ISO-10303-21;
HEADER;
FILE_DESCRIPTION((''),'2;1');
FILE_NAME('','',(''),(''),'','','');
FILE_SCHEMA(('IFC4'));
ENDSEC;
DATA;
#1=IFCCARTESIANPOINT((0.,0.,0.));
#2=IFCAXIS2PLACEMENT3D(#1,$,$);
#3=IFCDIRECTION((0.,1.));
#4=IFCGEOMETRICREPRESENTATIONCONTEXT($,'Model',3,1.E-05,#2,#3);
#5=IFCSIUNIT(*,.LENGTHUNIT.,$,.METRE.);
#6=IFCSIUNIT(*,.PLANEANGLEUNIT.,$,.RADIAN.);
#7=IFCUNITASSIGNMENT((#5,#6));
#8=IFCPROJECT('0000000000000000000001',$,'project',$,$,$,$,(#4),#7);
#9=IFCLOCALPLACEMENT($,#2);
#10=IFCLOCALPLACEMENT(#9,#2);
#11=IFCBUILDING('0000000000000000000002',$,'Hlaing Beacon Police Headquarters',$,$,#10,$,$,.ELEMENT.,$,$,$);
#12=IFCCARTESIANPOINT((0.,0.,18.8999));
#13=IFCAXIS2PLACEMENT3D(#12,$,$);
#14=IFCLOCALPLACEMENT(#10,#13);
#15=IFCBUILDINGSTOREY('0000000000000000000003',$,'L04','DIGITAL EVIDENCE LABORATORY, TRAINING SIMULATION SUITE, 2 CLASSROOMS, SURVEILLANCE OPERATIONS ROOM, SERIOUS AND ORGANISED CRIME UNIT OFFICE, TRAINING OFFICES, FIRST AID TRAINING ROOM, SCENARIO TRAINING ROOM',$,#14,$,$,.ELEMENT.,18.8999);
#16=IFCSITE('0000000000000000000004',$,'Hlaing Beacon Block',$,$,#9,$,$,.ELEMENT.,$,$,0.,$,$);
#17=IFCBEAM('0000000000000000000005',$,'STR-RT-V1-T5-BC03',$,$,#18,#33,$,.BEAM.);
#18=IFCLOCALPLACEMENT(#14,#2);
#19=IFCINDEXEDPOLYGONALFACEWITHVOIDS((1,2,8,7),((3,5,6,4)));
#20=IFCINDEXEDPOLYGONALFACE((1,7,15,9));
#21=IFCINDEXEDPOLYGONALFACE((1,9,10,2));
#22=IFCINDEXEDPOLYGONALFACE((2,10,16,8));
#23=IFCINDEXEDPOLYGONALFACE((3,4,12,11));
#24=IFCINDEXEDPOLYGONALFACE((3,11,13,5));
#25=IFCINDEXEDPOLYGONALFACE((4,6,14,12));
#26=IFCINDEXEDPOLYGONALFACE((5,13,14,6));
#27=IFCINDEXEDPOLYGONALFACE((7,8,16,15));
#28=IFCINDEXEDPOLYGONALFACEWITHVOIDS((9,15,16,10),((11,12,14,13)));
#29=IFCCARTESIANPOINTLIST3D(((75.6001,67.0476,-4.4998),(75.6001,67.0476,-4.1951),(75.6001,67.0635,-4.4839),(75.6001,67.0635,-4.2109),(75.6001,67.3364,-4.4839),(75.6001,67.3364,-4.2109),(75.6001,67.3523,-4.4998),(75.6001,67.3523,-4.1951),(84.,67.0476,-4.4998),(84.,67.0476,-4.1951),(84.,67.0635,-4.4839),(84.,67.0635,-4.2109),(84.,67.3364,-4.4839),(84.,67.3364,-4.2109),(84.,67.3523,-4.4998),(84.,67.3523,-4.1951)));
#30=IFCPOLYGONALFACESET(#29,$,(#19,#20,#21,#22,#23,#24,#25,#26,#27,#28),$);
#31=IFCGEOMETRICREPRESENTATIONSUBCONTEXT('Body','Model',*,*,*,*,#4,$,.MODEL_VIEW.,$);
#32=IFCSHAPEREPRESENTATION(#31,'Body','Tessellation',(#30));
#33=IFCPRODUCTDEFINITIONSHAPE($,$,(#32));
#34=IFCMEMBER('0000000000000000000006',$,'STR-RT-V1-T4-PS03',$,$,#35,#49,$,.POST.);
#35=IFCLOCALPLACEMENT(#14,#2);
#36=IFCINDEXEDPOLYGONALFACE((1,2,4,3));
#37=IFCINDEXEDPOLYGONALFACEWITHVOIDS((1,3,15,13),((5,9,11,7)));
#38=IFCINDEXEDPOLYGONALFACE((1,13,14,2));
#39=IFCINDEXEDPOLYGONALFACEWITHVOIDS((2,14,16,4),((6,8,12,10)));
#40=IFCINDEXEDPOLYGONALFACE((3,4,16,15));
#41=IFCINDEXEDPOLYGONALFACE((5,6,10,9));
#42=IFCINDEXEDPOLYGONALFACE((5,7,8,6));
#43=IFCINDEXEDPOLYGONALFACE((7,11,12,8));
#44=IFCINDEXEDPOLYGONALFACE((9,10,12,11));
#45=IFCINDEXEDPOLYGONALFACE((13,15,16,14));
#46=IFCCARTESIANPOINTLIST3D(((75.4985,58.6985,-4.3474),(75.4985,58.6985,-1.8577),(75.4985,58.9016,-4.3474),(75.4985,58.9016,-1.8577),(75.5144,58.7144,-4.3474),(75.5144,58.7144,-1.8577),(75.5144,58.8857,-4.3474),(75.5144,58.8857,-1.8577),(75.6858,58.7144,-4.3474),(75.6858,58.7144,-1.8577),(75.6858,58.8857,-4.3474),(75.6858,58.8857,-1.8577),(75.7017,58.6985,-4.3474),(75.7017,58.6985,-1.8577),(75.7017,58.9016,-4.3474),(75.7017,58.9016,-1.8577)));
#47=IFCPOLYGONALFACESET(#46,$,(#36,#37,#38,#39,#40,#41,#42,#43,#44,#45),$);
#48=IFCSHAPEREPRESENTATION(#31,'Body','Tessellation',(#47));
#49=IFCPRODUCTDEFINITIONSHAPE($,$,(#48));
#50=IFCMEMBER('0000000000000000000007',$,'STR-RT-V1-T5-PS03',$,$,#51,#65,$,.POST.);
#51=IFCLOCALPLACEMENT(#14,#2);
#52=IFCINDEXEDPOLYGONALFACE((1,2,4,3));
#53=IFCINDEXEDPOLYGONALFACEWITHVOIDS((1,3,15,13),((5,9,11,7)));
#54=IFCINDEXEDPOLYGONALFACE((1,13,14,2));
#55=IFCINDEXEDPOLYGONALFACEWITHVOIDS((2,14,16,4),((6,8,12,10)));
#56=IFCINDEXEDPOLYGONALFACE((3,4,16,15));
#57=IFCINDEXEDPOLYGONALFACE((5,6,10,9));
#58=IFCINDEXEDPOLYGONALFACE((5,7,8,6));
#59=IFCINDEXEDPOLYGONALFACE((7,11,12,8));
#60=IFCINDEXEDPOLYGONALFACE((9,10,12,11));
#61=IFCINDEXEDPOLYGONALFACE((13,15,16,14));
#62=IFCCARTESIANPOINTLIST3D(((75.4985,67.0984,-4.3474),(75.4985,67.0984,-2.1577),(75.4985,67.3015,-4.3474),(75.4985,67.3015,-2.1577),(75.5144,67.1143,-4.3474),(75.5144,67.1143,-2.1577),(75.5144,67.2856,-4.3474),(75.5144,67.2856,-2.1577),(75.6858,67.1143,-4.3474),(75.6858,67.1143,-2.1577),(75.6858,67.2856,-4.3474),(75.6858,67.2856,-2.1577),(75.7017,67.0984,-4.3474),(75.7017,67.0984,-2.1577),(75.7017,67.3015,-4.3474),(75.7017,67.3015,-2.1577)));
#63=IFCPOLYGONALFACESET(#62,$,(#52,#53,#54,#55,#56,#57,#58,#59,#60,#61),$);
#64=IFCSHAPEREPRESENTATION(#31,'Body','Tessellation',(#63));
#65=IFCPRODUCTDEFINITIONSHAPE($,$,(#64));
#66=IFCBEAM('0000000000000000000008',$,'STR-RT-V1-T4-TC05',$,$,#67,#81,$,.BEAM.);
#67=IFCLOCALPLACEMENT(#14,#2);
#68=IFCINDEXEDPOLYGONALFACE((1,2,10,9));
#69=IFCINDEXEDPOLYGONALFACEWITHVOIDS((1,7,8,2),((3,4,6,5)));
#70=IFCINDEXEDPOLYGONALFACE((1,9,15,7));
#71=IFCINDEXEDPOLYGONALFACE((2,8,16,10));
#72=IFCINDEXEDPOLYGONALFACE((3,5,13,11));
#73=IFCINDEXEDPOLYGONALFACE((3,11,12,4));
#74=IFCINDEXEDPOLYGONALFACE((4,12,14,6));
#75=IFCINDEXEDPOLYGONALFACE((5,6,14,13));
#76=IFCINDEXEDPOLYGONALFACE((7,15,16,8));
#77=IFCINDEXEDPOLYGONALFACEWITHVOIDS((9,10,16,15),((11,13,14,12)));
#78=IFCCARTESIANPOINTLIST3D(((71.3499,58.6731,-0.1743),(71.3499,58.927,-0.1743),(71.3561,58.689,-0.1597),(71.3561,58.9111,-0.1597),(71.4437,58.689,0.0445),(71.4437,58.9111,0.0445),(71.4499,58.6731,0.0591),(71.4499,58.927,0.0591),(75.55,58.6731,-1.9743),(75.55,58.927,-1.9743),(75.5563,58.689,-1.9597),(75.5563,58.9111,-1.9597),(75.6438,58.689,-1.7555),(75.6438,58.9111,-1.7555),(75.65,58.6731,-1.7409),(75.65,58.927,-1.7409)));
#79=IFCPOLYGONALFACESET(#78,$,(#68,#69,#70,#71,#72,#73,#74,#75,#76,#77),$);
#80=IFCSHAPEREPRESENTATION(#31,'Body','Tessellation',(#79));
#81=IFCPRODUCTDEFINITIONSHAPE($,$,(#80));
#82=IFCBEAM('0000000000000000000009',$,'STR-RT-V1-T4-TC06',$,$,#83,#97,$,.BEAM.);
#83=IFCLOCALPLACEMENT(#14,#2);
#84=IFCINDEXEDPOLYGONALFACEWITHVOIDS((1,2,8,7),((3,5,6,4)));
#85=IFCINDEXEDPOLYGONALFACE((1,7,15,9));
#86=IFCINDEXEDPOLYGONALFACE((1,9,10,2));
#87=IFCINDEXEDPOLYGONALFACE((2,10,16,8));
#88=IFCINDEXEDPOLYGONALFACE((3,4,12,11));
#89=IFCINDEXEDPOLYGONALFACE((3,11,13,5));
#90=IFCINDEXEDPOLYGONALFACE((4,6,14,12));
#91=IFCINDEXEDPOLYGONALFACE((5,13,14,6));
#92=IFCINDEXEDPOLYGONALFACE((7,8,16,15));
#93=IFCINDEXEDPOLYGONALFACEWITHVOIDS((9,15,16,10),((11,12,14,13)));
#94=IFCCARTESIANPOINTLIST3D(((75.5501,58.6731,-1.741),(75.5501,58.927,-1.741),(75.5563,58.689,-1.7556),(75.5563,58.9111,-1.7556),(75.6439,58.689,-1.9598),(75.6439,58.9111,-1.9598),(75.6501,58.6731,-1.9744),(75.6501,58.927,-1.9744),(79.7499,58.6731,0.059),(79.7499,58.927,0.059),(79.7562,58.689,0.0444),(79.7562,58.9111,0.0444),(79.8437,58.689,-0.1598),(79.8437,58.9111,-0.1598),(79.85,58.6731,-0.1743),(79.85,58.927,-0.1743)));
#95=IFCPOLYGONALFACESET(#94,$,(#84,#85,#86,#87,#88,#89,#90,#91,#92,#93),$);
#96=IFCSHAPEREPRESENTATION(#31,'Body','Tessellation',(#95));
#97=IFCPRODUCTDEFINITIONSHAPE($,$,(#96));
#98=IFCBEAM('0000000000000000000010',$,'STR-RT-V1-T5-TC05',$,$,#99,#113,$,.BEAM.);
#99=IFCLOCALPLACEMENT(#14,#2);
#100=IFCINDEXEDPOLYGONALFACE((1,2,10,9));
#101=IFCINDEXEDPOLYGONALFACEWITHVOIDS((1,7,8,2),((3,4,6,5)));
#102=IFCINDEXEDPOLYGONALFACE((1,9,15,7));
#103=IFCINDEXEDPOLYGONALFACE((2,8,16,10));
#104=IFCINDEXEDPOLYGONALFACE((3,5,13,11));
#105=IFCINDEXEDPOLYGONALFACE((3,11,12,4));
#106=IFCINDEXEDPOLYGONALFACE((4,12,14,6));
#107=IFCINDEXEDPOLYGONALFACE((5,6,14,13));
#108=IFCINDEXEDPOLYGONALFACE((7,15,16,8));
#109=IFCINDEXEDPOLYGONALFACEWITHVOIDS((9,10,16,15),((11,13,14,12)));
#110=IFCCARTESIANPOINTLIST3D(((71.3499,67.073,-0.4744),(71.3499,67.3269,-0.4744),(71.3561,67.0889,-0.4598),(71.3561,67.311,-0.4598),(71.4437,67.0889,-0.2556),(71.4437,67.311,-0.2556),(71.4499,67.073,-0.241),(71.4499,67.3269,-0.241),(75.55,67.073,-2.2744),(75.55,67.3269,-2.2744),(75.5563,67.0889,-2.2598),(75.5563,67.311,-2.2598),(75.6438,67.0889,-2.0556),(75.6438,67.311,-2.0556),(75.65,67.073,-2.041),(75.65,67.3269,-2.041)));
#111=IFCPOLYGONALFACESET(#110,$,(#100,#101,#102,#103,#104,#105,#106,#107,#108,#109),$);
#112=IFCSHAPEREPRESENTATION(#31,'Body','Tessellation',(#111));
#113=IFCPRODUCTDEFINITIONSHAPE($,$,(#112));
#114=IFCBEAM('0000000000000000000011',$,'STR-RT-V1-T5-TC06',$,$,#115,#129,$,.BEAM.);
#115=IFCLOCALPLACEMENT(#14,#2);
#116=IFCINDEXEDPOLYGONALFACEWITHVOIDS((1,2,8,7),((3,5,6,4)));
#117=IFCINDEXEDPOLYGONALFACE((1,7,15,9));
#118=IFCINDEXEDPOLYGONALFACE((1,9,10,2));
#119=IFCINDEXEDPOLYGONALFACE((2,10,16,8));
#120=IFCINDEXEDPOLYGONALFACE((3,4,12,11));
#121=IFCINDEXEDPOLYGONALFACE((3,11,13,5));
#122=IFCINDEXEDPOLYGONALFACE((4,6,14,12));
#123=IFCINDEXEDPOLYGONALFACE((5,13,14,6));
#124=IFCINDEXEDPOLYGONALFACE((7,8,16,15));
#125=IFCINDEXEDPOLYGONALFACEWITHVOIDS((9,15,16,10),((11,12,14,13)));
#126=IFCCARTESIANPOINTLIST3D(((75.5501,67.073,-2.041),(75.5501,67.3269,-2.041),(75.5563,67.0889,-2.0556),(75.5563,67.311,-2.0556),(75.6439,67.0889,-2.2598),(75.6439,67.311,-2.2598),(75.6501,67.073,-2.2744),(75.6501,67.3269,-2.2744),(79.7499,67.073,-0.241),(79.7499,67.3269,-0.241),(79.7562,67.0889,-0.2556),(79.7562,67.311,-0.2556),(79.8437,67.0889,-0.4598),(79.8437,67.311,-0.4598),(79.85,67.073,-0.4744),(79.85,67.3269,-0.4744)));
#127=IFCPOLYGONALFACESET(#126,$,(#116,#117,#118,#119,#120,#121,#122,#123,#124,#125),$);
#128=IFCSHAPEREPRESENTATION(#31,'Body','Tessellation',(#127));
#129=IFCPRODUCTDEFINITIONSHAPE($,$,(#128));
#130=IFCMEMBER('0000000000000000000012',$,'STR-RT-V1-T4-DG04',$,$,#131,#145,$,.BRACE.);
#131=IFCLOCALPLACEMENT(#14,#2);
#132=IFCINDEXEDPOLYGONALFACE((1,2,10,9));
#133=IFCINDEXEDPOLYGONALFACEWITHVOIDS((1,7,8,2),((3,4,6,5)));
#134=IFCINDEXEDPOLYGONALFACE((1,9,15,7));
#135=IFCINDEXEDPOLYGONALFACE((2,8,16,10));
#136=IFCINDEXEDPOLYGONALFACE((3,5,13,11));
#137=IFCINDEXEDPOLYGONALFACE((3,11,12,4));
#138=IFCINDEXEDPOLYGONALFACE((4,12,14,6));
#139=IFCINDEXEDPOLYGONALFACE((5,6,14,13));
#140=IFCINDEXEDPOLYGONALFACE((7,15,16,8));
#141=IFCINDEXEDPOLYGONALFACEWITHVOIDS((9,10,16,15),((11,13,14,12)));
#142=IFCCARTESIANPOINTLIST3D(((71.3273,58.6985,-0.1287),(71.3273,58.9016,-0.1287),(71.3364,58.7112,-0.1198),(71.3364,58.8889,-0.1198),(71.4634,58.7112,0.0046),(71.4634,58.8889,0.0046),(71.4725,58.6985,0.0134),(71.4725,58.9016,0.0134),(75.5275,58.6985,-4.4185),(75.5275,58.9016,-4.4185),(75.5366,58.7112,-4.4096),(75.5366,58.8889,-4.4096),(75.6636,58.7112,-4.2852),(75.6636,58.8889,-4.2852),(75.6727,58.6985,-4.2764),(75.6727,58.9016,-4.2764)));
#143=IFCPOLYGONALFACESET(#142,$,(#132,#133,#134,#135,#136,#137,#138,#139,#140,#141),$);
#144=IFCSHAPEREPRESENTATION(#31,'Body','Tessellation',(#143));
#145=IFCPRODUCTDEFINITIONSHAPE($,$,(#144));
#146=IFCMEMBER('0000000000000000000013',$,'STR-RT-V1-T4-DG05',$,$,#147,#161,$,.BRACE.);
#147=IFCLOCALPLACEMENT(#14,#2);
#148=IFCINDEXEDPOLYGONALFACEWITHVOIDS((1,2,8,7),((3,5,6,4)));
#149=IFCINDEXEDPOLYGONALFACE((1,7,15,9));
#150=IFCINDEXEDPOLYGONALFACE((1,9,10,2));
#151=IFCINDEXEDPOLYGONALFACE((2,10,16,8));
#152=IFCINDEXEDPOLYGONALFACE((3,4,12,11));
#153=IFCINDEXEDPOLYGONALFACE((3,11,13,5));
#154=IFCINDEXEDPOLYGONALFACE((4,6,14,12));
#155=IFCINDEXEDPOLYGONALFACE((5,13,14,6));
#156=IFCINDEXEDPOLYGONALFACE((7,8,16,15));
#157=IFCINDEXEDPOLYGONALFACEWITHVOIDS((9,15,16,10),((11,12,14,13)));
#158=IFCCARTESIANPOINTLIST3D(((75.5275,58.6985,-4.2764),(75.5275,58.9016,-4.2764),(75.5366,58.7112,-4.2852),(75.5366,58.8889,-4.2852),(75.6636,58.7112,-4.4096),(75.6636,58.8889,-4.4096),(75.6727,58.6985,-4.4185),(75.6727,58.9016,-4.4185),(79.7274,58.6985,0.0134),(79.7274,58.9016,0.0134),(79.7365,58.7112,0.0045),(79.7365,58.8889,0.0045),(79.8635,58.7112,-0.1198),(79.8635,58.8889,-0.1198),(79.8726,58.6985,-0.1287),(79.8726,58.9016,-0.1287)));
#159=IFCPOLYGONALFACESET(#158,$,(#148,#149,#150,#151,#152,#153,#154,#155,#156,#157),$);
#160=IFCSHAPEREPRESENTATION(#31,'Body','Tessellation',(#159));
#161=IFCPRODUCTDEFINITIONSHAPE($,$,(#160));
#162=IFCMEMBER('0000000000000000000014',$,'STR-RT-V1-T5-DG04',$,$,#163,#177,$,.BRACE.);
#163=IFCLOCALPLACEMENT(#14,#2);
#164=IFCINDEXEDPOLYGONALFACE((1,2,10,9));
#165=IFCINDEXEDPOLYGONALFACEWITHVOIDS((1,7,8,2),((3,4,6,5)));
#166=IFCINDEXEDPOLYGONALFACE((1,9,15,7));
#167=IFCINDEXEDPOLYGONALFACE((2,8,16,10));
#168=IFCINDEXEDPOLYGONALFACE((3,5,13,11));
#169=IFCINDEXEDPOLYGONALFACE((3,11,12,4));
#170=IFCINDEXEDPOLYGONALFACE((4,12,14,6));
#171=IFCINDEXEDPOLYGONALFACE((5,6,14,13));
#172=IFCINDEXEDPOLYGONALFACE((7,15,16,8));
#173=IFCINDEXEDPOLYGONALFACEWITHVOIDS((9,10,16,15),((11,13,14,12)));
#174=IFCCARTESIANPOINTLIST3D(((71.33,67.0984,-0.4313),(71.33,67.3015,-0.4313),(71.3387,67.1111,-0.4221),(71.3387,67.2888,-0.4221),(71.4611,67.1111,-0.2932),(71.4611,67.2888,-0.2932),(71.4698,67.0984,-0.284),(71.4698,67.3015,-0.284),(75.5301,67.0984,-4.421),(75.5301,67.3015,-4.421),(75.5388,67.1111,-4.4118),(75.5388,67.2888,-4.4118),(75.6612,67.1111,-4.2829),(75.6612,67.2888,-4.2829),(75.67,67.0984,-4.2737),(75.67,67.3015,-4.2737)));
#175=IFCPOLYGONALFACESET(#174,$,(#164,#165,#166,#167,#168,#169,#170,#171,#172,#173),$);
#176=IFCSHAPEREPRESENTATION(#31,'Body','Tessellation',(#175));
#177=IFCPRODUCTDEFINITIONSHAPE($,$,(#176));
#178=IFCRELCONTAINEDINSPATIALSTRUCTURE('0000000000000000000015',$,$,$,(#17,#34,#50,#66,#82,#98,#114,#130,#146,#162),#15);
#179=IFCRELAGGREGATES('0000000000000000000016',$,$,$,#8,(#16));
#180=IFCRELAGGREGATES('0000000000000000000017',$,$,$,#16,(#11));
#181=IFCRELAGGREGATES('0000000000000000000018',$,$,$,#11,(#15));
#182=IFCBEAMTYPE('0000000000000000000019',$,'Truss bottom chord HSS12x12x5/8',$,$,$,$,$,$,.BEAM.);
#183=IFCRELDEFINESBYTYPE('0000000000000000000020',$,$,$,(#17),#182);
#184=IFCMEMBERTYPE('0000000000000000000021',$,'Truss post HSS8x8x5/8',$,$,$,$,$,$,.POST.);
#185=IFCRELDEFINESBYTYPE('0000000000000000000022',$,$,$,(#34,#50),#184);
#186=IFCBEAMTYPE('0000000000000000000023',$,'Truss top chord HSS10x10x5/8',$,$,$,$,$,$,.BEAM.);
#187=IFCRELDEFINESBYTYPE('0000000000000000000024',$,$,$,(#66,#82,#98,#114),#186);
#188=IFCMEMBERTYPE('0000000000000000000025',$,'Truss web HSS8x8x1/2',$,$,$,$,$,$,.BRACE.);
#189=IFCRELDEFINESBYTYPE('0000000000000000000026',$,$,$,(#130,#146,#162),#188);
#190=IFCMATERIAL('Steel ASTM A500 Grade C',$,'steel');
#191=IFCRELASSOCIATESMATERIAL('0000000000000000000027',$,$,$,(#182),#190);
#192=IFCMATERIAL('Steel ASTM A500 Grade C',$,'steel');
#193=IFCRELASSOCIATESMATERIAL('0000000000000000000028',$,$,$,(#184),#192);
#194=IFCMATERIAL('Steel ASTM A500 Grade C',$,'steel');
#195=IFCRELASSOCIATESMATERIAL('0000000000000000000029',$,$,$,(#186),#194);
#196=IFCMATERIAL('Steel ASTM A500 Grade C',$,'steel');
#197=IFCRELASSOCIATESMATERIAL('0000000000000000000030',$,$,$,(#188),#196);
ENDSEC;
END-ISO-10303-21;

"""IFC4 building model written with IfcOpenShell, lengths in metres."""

from ifc_helpers import new_model, si_unit, direction, frame, origin, origin_2d, place, context, subcontext, project, spatial, hollow_rectangle, extrude, material, material_profile, profile_set, type_object, element, save


model = new_model("IFC4")

# Units and contexts
model_context = context("Model", 3, precision=1e-05, world=origin(), true_north=direction((0.0, 1.0)))
body_context = subcontext(model_context, "Body", "Model", "MODEL_VIEW")
ifc_project = project(units=[si_unit("LENGTHUNIT", "METRE"), si_unit("PLANEANGLEUNIT", "RADIAN")], contexts=[model_context])

# Site, building, storey
site_placement = place(None, origin())
site = spatial("IfcSite", under=ifc_project, at=site_placement, Name="Hlaing Beacon Block", CompositionType="ELEMENT", RefElevation=0.0)
building_placement = place(site_placement, origin())
building = spatial("IfcBuilding", under=site, at=building_placement, Name="Hlaing Beacon Police Headquarters", CompositionType="ELEMENT")
storey_placement = place(building_placement, frame((0.0, 0.0, 18.8999)))
storey = spatial("IfcBuildingStorey", under=building, at=storey_placement, Name="L04", Description="DIGITAL EVIDENCE LABORATORY, TRAINING SIMULATION SUITE, 2 CLASSROOMS, SURVEILLANCE OPERATIONS ROOM, SERIOUS AND ORGANISED CRIME UNIT OFFICE, TRAINING OFFICES, FIRST AID TRAINING ROOM, SCENARIO TRAINING ROOM", CompositionType="ELEMENT", Elevation=18.8999)

# Beam
ifc_material_1 = material(Name="Steel ASTM A500 Grade C", Category="steel")
ifc_material_profile_1 = material_profile(ifc_material_1, hollow_rectangle(XDim=0.3047, YDim=0.3047, WallThickness=0.0159, at=origin_2d()), Name="HSS12x12x5/8")
ifc_profile_set_1 = profile_set([ifc_material_profile_1], Name="Steel ASTM A500 Grade C")
beam_type_1 = type_object("IfcBeamType", Name="Truss bottom chord HSS12x12x5/8", PredefinedType="BEAM", material=ifc_profile_set_1)
for number, where, z_axis, x_axis, name in (
    (1, (75.6001, 67.2, -4.3474), (1.0, 0.0, 0.0), (0.0, 1.0, 0.0), "STR-RT-V1-T5-BC03"),
):
    element("IfcBeam", number, at=place(storey_placement, frame(where, z_axis=z_axis, x_axis=x_axis)), inside=storey, type_object=beam_type_1, Name=name, PredefinedType="BEAM", context=body_context, shape_type="SweptSolid", body=[
        extrude(hollow_rectangle(XDim=0.3047, YDim=0.3047, WallThickness=0.0159, at=origin_2d()), origin(), (0.0, 0.0, 1.0), 8.3999),
    ])

# Members
ifc_material_2 = material(Name="Steel ASTM A500 Grade C", Category="steel")
ifc_material_profile_2 = material_profile(ifc_material_2, hollow_rectangle(XDim=0.2031, YDim=0.2031, WallThickness=0.0159, at=origin_2d()), Name="HSS8x8x5/8")
ifc_profile_set_2 = profile_set([ifc_material_profile_2], Name="Steel ASTM A500 Grade C")
member_type_1 = type_object("IfcMemberType", Name="Truss post HSS8x8x5/8", PredefinedType="POST", material=ifc_profile_set_2)
member_1_placement = place(storey_placement, frame((75.6001, 58.8, -4.3474), z_axis=(0.0, 0.0, 1.0), x_axis=(1.0, 0.0, 0.0)))
element("IfcMember", 2, at=member_1_placement, inside=storey, type_object=member_type_1, Name="STR-RT-V1-T4-PS03", PredefinedType="POST", context=body_context, shape_type="SweptSolid", body=[
    extrude(hollow_rectangle(XDim=0.2031, YDim=0.2031, WallThickness=0.0159, at=origin_2d()), origin(), (0.0, 0.0, 1.0), 2.4897),
])
member_2_placement = place(storey_placement, frame((75.6001, 67.2, -4.3474), z_axis=(0.0, 0.0, 1.0), x_axis=(1.0, 0.0, 0.0)))
element("IfcMember", 3, at=member_2_placement, inside=storey, type_object=member_type_1, Name="STR-RT-V1-T5-PS03", PredefinedType="POST", context=body_context, shape_type="SweptSolid", body=[
    extrude(hollow_rectangle(XDim=0.2031, YDim=0.2031, WallThickness=0.0159, at=origin_2d()), origin(), (0.0, 0.0, 1.0), 2.1897),
])

# Beams
ifc_material_3 = material(Name="Steel ASTM A500 Grade C", Category="steel")
ifc_material_profile_3 = material_profile(ifc_material_3, hollow_rectangle(XDim=0.2539, YDim=0.2539, WallThickness=0.0159, at=origin_2d()), Name="HSS10x10x5/8")
ifc_profile_set_3 = profile_set([ifc_material_profile_3], Name="Steel ASTM A500 Grade C")
beam_type_2 = type_object("IfcBeamType", Name="Truss top chord HSS10x10x5/8", PredefinedType="BEAM", material=ifc_profile_set_3)
beam_1_placement = place(storey_placement, frame((71.3999, 58.8, -0.0576), z_axis=(0.919148, 0.0, -0.393913), x_axis=(0.0, 1.0, 0.0)))
element("IfcBeam", 4, at=beam_1_placement, inside=storey, type_object=beam_type_2, Name="STR-RT-V1-T4-TC05", PredefinedType="BEAM", context=body_context, shape_type="SweptSolid", body=[
    extrude(hollow_rectangle(XDim=0.2539, YDim=0.2539, WallThickness=0.0159, at=origin_2d()), origin(), (0.0, 0.0, 1.0), 4.5696),
])
beam_2_placement = place(storey_placement, frame((75.6001, 58.8, -1.8577), z_axis=(0.91914, 0.0, 0.393932), x_axis=(0.0, 1.0, 0.0)))
element("IfcBeam", 5, at=beam_2_placement, inside=storey, type_object=beam_type_2, Name="STR-RT-V1-T4-TC06", PredefinedType="BEAM", context=body_context, shape_type="SweptSolid", body=[
    extrude(hollow_rectangle(XDim=0.2539, YDim=0.2539, WallThickness=0.0159, at=origin_2d()), origin(), (0.0, 0.0, 1.0), 4.5693),
])
beam_3_placement = place(storey_placement, frame((71.3999, 67.2, -0.3577), z_axis=(0.919148, 0.0, -0.393913), x_axis=(0.0, 1.0, 0.0)))
element("IfcBeam", 6, at=beam_3_placement, inside=storey, type_object=beam_type_2, Name="STR-RT-V1-T5-TC05", PredefinedType="BEAM", context=body_context, shape_type="SweptSolid", body=[
    extrude(hollow_rectangle(XDim=0.2539, YDim=0.2539, WallThickness=0.0159, at=origin_2d()), origin(), (0.0, 0.0, 1.0), 4.5696),
])
beam_4_placement = place(storey_placement, frame((75.6001, 67.2, -2.1577), z_axis=(0.91914, 0.0, 0.393932), x_axis=(0.0, 1.0, 0.0)))
element("IfcBeam", 7, at=beam_4_placement, inside=storey, type_object=beam_type_2, Name="STR-RT-V1-T5-TC06", PredefinedType="BEAM", context=body_context, shape_type="SweptSolid", body=[
    extrude(hollow_rectangle(XDim=0.2539, YDim=0.2539, WallThickness=0.0159, at=origin_2d()), origin(), (0.0, 0.0, 1.0), 4.5693),
])

# Members
ifc_material_4 = material(Name="Steel ASTM A500 Grade C", Category="steel")
ifc_material_profile_4 = material_profile(ifc_material_4, hollow_rectangle(XDim=0.2031, YDim=0.2031, WallThickness=0.0127, at=origin_2d()), Name="HSS8x8x1/2")
ifc_profile_set_4 = profile_set([ifc_material_profile_4], Name="Steel ASTM A500 Grade C")
member_type_2 = type_object("IfcMemberType", Name="Truss web HSS8x8x1/2", PredefinedType="BRACE", material=ifc_profile_set_4)
member_3_placement = place(storey_placement, frame((71.3999, 58.8, -0.0576), z_axis=(0.699605, 0.0, -0.714529), x_axis=(0.0, 1.0, 0.0)))
element("IfcMember", 8, at=member_3_placement, inside=storey, type_object=member_type_2, Name="STR-RT-V1-T4-DG04", PredefinedType="BRACE", context=body_context, shape_type="SweptSolid", body=[
    extrude(hollow_rectangle(XDim=0.2031, YDim=0.2031, WallThickness=0.0127, at=origin_2d()), origin(), (0.0, 0.0, 1.0), 6.0037),
])
member_4_placement = place(storey_placement, frame((75.6001, 58.8, -4.3474), z_axis=(0.699585, 0.0, 0.71455), x_axis=(0.0, 1.0, 0.0)))
element("IfcMember", 9, at=member_4_placement, inside=storey, type_object=member_type_2, Name="STR-RT-V1-T4-DG05", PredefinedType="BRACE", context=body_context, shape_type="SweptSolid", body=[
    extrude(hollow_rectangle(XDim=0.2031, YDim=0.2031, WallThickness=0.0127, at=origin_2d()), origin(), (0.0, 0.0, 1.0), 6.0034),
])
for number, where, z_axis, x_axis, name in (
    (10, (71.3999, 67.2, -0.3577), (0.725037, 0.0, -0.68871), (0.0, 1.0, 0.0), "STR-RT-V1-T5-DG04"),
):
    element("IfcMember", number, at=place(storey_placement, frame(where, z_axis=z_axis, x_axis=x_axis)), inside=storey, type_object=member_type_2, Name=name, PredefinedType="BRACE", context=body_context, shape_type="SweptSolid", body=[
        extrude(hollow_rectangle(XDim=0.2031, YDim=0.2031, WallThickness=0.0127, at=origin_2d()), origin(), (0.0, 0.0, 1.0), 5.793),
    ])

save(model, "model.ifc")
